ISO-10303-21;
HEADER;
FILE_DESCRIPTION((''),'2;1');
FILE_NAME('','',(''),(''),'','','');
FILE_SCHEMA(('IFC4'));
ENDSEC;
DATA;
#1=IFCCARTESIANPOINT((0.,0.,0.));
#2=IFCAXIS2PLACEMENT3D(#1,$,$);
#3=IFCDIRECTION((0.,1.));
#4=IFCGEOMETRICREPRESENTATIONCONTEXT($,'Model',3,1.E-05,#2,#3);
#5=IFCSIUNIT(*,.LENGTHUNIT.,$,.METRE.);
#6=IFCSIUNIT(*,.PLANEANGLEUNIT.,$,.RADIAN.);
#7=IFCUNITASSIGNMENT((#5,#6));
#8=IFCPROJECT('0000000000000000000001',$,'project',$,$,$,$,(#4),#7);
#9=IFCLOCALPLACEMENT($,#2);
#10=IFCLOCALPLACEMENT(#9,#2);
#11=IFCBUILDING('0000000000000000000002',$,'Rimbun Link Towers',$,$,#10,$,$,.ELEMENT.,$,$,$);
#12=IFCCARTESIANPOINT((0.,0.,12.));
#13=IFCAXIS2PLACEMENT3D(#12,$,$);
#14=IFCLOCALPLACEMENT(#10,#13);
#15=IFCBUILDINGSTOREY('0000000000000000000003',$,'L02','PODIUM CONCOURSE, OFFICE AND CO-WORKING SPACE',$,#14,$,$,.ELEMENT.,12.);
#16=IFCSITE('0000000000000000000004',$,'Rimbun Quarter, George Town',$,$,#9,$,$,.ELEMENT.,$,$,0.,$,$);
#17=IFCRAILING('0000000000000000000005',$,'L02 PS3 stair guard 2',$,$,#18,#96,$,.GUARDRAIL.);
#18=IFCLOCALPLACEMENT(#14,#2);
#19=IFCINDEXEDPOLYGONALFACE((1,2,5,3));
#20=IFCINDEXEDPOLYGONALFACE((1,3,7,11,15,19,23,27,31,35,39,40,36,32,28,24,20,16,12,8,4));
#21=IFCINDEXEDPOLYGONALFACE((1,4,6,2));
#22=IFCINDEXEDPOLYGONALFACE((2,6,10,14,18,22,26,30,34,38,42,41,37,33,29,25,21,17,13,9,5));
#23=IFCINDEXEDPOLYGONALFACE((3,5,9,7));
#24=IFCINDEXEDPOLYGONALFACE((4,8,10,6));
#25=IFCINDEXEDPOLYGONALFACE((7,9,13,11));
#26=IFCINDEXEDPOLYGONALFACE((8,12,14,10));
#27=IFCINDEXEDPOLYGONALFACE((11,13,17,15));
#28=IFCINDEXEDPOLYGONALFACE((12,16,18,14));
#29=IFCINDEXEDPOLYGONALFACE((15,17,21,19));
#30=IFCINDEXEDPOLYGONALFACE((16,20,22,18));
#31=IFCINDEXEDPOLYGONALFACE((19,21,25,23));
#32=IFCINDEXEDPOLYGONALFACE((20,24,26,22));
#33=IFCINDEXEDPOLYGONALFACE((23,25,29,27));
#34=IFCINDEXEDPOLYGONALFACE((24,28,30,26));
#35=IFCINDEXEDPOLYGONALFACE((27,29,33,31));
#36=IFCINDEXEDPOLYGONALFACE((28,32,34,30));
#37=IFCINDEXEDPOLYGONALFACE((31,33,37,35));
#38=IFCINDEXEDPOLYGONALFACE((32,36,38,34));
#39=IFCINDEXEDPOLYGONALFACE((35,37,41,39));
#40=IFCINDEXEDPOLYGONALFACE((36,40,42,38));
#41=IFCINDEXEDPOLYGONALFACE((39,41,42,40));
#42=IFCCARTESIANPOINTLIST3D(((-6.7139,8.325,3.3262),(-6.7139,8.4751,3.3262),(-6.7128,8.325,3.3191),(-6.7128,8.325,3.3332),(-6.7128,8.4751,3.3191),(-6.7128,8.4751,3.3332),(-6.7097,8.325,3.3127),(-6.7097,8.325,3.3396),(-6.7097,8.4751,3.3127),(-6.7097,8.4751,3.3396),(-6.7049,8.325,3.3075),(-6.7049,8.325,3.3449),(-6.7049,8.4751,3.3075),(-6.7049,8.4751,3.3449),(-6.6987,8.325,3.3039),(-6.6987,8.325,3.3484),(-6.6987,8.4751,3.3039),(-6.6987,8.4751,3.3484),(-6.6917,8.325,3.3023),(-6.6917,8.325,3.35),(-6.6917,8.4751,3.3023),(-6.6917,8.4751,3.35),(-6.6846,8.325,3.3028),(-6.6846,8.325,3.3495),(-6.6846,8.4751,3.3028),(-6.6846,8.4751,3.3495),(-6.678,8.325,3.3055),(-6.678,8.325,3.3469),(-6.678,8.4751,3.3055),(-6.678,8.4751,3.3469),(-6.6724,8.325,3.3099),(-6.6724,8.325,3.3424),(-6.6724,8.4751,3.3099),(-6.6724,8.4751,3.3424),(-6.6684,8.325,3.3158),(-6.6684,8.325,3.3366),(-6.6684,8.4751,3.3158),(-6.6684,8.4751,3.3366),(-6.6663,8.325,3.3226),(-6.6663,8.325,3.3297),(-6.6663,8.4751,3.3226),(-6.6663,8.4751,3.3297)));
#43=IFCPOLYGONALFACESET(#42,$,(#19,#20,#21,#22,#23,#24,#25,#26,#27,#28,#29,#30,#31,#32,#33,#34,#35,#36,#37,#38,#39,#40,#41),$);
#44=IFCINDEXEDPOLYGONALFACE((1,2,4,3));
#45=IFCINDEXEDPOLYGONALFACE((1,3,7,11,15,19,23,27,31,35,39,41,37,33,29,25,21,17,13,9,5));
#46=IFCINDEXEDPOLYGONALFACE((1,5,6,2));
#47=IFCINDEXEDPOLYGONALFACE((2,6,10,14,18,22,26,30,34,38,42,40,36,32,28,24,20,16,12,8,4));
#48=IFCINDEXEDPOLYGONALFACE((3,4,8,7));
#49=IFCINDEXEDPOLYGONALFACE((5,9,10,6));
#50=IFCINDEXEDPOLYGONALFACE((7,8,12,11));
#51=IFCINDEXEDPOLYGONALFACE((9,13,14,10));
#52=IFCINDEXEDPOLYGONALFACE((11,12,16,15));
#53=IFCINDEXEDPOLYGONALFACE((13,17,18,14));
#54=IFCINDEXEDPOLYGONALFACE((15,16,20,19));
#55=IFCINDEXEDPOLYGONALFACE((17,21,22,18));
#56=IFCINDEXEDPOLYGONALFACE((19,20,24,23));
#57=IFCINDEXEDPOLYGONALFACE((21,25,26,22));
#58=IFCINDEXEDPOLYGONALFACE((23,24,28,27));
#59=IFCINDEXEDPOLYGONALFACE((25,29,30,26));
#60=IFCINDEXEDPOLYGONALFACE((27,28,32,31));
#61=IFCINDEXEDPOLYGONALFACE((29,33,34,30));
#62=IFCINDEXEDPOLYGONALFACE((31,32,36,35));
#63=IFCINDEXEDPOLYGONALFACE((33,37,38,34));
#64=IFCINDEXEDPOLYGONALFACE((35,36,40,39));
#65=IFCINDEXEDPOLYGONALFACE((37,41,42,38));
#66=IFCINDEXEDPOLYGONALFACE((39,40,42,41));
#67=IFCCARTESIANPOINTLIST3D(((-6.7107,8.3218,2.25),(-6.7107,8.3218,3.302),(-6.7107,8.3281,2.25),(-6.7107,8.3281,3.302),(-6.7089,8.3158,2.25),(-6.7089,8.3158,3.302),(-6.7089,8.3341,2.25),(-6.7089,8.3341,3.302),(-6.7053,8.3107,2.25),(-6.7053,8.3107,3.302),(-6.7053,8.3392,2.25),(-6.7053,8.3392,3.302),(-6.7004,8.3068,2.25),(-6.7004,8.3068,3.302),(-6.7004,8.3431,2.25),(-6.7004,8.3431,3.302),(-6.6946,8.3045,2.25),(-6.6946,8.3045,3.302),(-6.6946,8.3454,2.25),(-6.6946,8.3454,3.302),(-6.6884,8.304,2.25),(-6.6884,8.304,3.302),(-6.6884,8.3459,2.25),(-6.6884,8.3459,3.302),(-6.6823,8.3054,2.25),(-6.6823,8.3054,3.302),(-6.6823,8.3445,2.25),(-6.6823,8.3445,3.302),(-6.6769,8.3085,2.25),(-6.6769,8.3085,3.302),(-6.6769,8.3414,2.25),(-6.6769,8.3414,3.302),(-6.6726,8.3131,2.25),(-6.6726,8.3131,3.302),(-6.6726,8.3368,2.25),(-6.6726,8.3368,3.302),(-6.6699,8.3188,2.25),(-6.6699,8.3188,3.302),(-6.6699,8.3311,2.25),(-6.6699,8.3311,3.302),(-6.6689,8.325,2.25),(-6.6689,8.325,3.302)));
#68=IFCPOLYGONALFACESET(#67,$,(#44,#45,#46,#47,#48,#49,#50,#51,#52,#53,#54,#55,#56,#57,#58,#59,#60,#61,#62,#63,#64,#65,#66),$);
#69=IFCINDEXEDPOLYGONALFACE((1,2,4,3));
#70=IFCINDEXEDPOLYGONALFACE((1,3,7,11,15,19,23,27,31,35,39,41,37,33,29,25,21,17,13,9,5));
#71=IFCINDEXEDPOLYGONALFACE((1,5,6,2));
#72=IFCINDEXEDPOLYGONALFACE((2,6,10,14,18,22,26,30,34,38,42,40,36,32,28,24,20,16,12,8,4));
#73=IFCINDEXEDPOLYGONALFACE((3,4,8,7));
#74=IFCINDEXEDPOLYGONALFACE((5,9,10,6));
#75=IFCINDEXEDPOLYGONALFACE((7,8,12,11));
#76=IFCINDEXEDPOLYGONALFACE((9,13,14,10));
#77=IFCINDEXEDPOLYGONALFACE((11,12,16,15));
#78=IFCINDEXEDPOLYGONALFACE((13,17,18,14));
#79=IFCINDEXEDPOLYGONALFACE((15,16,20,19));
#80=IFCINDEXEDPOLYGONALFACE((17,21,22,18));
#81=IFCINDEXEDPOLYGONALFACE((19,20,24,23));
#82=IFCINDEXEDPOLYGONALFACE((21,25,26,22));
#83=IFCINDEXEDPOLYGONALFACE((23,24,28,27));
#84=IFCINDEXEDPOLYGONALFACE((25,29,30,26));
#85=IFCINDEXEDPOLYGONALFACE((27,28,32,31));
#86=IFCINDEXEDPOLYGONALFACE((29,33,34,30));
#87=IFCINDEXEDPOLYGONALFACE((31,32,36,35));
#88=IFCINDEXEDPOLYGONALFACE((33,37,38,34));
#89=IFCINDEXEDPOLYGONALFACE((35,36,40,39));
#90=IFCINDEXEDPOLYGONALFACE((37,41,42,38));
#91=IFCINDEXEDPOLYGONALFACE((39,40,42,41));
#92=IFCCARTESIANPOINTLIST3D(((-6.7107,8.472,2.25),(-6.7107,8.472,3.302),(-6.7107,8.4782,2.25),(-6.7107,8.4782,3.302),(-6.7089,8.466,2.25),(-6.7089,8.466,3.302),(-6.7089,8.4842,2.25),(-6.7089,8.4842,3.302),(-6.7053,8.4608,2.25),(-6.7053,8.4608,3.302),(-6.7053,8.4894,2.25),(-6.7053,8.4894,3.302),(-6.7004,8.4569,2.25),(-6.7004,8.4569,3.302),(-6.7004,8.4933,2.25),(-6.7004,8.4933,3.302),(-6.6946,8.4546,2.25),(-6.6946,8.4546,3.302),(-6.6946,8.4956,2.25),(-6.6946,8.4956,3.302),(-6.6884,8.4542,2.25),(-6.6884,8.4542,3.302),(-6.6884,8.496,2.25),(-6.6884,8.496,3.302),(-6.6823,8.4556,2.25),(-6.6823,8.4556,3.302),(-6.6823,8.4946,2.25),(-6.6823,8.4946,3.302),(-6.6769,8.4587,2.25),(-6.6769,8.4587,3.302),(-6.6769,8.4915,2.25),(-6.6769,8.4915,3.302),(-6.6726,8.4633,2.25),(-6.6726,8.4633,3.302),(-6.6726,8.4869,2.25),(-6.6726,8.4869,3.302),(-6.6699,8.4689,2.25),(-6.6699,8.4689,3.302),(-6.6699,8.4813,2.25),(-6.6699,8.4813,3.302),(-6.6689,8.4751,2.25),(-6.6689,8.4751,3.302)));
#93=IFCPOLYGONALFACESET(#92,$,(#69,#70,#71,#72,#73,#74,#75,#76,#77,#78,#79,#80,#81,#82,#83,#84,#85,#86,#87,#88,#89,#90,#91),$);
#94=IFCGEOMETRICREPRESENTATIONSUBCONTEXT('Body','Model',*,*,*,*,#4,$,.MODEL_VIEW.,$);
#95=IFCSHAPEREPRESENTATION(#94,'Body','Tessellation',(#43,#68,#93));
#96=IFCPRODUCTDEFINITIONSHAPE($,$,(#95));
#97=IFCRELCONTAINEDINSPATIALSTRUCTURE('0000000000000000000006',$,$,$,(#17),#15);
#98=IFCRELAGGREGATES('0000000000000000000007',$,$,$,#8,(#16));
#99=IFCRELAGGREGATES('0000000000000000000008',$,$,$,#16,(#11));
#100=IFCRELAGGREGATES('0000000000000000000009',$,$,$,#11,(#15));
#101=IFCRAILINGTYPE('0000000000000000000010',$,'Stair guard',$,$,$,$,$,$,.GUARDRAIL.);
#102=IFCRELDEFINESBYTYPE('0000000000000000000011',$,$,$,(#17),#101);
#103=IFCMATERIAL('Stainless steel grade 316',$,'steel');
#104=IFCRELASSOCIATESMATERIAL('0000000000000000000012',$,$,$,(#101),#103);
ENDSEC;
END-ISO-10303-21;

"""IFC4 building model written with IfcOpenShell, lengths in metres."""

from ifc_helpers import new_model, si_unit, direction, frame, origin, origin_2d, place, context, subcontext, project, spatial, circle, extrude, material, type_object, element, save


model = new_model("IFC4")

# Units and contexts
model_context = context("Model", 3, precision=1e-05, world=origin(), true_north=direction((0.0, 1.0)))
body_context = subcontext(model_context, "Body", "Model", "MODEL_VIEW")
ifc_project = project(units=[si_unit("LENGTHUNIT", "METRE"), si_unit("PLANEANGLEUNIT", "RADIAN")], contexts=[model_context])

# Site, building, storey
site_placement = place(None, origin())
site = spatial("IfcSite", under=ifc_project, at=site_placement, Name="Rimbun Quarter, George Town", CompositionType="ELEMENT", RefElevation=0.0)
building_placement = place(site_placement, origin())
building = spatial("IfcBuilding", under=site, at=building_placement, Name="Rimbun Link Towers", CompositionType="ELEMENT")
storey_placement = place(building_placement, frame((0.0, 0.0, 12.0)))
storey = spatial("IfcBuildingStorey", under=building, at=storey_placement, Name="L02", Description="PODIUM CONCOURSE, OFFICE AND CO-WORKING SPACE", CompositionType="ELEMENT", Elevation=12.0)

# Railing
ifc_material_1 = material(Name="Stainless steel grade 316", Category="steel")
railing_type_1 = type_object("IfcRailingType", Name="Stair guard", PredefinedType="GUARDRAIL", material=ifc_material_1)
railing_1_placement = place(storey_placement, frame((-6.6899, 8.325, 2.25)))
element("IfcRailing", 1, at=railing_1_placement, inside=storey, type_object=railing_type_1, Name="L02 PS3 stair guard 2", PredefinedType="GUARDRAIL", context=body_context, shape_type="SweptSolid", body=[
    extrude(circle(Radius=0.0239, at=origin_2d()), frame((0.0, 0.0, 1.0762), z_axis=(0.0, 1.0, 0.0), x_axis=(-1.0, 0.0, 0.0)), (0.0, 0.0, 1.0), 0.1501),
    extrude(circle(Radius=0.021, at=origin_2d()), origin(), (0.0, 0.0, 1.0), 1.052),
    extrude(circle(Radius=0.021, at=origin_2d()), frame((0.0, 0.1501, 0.0)), (0.0, 0.0, 1.0), 1.052),
])

save(model, "model.ifc")
